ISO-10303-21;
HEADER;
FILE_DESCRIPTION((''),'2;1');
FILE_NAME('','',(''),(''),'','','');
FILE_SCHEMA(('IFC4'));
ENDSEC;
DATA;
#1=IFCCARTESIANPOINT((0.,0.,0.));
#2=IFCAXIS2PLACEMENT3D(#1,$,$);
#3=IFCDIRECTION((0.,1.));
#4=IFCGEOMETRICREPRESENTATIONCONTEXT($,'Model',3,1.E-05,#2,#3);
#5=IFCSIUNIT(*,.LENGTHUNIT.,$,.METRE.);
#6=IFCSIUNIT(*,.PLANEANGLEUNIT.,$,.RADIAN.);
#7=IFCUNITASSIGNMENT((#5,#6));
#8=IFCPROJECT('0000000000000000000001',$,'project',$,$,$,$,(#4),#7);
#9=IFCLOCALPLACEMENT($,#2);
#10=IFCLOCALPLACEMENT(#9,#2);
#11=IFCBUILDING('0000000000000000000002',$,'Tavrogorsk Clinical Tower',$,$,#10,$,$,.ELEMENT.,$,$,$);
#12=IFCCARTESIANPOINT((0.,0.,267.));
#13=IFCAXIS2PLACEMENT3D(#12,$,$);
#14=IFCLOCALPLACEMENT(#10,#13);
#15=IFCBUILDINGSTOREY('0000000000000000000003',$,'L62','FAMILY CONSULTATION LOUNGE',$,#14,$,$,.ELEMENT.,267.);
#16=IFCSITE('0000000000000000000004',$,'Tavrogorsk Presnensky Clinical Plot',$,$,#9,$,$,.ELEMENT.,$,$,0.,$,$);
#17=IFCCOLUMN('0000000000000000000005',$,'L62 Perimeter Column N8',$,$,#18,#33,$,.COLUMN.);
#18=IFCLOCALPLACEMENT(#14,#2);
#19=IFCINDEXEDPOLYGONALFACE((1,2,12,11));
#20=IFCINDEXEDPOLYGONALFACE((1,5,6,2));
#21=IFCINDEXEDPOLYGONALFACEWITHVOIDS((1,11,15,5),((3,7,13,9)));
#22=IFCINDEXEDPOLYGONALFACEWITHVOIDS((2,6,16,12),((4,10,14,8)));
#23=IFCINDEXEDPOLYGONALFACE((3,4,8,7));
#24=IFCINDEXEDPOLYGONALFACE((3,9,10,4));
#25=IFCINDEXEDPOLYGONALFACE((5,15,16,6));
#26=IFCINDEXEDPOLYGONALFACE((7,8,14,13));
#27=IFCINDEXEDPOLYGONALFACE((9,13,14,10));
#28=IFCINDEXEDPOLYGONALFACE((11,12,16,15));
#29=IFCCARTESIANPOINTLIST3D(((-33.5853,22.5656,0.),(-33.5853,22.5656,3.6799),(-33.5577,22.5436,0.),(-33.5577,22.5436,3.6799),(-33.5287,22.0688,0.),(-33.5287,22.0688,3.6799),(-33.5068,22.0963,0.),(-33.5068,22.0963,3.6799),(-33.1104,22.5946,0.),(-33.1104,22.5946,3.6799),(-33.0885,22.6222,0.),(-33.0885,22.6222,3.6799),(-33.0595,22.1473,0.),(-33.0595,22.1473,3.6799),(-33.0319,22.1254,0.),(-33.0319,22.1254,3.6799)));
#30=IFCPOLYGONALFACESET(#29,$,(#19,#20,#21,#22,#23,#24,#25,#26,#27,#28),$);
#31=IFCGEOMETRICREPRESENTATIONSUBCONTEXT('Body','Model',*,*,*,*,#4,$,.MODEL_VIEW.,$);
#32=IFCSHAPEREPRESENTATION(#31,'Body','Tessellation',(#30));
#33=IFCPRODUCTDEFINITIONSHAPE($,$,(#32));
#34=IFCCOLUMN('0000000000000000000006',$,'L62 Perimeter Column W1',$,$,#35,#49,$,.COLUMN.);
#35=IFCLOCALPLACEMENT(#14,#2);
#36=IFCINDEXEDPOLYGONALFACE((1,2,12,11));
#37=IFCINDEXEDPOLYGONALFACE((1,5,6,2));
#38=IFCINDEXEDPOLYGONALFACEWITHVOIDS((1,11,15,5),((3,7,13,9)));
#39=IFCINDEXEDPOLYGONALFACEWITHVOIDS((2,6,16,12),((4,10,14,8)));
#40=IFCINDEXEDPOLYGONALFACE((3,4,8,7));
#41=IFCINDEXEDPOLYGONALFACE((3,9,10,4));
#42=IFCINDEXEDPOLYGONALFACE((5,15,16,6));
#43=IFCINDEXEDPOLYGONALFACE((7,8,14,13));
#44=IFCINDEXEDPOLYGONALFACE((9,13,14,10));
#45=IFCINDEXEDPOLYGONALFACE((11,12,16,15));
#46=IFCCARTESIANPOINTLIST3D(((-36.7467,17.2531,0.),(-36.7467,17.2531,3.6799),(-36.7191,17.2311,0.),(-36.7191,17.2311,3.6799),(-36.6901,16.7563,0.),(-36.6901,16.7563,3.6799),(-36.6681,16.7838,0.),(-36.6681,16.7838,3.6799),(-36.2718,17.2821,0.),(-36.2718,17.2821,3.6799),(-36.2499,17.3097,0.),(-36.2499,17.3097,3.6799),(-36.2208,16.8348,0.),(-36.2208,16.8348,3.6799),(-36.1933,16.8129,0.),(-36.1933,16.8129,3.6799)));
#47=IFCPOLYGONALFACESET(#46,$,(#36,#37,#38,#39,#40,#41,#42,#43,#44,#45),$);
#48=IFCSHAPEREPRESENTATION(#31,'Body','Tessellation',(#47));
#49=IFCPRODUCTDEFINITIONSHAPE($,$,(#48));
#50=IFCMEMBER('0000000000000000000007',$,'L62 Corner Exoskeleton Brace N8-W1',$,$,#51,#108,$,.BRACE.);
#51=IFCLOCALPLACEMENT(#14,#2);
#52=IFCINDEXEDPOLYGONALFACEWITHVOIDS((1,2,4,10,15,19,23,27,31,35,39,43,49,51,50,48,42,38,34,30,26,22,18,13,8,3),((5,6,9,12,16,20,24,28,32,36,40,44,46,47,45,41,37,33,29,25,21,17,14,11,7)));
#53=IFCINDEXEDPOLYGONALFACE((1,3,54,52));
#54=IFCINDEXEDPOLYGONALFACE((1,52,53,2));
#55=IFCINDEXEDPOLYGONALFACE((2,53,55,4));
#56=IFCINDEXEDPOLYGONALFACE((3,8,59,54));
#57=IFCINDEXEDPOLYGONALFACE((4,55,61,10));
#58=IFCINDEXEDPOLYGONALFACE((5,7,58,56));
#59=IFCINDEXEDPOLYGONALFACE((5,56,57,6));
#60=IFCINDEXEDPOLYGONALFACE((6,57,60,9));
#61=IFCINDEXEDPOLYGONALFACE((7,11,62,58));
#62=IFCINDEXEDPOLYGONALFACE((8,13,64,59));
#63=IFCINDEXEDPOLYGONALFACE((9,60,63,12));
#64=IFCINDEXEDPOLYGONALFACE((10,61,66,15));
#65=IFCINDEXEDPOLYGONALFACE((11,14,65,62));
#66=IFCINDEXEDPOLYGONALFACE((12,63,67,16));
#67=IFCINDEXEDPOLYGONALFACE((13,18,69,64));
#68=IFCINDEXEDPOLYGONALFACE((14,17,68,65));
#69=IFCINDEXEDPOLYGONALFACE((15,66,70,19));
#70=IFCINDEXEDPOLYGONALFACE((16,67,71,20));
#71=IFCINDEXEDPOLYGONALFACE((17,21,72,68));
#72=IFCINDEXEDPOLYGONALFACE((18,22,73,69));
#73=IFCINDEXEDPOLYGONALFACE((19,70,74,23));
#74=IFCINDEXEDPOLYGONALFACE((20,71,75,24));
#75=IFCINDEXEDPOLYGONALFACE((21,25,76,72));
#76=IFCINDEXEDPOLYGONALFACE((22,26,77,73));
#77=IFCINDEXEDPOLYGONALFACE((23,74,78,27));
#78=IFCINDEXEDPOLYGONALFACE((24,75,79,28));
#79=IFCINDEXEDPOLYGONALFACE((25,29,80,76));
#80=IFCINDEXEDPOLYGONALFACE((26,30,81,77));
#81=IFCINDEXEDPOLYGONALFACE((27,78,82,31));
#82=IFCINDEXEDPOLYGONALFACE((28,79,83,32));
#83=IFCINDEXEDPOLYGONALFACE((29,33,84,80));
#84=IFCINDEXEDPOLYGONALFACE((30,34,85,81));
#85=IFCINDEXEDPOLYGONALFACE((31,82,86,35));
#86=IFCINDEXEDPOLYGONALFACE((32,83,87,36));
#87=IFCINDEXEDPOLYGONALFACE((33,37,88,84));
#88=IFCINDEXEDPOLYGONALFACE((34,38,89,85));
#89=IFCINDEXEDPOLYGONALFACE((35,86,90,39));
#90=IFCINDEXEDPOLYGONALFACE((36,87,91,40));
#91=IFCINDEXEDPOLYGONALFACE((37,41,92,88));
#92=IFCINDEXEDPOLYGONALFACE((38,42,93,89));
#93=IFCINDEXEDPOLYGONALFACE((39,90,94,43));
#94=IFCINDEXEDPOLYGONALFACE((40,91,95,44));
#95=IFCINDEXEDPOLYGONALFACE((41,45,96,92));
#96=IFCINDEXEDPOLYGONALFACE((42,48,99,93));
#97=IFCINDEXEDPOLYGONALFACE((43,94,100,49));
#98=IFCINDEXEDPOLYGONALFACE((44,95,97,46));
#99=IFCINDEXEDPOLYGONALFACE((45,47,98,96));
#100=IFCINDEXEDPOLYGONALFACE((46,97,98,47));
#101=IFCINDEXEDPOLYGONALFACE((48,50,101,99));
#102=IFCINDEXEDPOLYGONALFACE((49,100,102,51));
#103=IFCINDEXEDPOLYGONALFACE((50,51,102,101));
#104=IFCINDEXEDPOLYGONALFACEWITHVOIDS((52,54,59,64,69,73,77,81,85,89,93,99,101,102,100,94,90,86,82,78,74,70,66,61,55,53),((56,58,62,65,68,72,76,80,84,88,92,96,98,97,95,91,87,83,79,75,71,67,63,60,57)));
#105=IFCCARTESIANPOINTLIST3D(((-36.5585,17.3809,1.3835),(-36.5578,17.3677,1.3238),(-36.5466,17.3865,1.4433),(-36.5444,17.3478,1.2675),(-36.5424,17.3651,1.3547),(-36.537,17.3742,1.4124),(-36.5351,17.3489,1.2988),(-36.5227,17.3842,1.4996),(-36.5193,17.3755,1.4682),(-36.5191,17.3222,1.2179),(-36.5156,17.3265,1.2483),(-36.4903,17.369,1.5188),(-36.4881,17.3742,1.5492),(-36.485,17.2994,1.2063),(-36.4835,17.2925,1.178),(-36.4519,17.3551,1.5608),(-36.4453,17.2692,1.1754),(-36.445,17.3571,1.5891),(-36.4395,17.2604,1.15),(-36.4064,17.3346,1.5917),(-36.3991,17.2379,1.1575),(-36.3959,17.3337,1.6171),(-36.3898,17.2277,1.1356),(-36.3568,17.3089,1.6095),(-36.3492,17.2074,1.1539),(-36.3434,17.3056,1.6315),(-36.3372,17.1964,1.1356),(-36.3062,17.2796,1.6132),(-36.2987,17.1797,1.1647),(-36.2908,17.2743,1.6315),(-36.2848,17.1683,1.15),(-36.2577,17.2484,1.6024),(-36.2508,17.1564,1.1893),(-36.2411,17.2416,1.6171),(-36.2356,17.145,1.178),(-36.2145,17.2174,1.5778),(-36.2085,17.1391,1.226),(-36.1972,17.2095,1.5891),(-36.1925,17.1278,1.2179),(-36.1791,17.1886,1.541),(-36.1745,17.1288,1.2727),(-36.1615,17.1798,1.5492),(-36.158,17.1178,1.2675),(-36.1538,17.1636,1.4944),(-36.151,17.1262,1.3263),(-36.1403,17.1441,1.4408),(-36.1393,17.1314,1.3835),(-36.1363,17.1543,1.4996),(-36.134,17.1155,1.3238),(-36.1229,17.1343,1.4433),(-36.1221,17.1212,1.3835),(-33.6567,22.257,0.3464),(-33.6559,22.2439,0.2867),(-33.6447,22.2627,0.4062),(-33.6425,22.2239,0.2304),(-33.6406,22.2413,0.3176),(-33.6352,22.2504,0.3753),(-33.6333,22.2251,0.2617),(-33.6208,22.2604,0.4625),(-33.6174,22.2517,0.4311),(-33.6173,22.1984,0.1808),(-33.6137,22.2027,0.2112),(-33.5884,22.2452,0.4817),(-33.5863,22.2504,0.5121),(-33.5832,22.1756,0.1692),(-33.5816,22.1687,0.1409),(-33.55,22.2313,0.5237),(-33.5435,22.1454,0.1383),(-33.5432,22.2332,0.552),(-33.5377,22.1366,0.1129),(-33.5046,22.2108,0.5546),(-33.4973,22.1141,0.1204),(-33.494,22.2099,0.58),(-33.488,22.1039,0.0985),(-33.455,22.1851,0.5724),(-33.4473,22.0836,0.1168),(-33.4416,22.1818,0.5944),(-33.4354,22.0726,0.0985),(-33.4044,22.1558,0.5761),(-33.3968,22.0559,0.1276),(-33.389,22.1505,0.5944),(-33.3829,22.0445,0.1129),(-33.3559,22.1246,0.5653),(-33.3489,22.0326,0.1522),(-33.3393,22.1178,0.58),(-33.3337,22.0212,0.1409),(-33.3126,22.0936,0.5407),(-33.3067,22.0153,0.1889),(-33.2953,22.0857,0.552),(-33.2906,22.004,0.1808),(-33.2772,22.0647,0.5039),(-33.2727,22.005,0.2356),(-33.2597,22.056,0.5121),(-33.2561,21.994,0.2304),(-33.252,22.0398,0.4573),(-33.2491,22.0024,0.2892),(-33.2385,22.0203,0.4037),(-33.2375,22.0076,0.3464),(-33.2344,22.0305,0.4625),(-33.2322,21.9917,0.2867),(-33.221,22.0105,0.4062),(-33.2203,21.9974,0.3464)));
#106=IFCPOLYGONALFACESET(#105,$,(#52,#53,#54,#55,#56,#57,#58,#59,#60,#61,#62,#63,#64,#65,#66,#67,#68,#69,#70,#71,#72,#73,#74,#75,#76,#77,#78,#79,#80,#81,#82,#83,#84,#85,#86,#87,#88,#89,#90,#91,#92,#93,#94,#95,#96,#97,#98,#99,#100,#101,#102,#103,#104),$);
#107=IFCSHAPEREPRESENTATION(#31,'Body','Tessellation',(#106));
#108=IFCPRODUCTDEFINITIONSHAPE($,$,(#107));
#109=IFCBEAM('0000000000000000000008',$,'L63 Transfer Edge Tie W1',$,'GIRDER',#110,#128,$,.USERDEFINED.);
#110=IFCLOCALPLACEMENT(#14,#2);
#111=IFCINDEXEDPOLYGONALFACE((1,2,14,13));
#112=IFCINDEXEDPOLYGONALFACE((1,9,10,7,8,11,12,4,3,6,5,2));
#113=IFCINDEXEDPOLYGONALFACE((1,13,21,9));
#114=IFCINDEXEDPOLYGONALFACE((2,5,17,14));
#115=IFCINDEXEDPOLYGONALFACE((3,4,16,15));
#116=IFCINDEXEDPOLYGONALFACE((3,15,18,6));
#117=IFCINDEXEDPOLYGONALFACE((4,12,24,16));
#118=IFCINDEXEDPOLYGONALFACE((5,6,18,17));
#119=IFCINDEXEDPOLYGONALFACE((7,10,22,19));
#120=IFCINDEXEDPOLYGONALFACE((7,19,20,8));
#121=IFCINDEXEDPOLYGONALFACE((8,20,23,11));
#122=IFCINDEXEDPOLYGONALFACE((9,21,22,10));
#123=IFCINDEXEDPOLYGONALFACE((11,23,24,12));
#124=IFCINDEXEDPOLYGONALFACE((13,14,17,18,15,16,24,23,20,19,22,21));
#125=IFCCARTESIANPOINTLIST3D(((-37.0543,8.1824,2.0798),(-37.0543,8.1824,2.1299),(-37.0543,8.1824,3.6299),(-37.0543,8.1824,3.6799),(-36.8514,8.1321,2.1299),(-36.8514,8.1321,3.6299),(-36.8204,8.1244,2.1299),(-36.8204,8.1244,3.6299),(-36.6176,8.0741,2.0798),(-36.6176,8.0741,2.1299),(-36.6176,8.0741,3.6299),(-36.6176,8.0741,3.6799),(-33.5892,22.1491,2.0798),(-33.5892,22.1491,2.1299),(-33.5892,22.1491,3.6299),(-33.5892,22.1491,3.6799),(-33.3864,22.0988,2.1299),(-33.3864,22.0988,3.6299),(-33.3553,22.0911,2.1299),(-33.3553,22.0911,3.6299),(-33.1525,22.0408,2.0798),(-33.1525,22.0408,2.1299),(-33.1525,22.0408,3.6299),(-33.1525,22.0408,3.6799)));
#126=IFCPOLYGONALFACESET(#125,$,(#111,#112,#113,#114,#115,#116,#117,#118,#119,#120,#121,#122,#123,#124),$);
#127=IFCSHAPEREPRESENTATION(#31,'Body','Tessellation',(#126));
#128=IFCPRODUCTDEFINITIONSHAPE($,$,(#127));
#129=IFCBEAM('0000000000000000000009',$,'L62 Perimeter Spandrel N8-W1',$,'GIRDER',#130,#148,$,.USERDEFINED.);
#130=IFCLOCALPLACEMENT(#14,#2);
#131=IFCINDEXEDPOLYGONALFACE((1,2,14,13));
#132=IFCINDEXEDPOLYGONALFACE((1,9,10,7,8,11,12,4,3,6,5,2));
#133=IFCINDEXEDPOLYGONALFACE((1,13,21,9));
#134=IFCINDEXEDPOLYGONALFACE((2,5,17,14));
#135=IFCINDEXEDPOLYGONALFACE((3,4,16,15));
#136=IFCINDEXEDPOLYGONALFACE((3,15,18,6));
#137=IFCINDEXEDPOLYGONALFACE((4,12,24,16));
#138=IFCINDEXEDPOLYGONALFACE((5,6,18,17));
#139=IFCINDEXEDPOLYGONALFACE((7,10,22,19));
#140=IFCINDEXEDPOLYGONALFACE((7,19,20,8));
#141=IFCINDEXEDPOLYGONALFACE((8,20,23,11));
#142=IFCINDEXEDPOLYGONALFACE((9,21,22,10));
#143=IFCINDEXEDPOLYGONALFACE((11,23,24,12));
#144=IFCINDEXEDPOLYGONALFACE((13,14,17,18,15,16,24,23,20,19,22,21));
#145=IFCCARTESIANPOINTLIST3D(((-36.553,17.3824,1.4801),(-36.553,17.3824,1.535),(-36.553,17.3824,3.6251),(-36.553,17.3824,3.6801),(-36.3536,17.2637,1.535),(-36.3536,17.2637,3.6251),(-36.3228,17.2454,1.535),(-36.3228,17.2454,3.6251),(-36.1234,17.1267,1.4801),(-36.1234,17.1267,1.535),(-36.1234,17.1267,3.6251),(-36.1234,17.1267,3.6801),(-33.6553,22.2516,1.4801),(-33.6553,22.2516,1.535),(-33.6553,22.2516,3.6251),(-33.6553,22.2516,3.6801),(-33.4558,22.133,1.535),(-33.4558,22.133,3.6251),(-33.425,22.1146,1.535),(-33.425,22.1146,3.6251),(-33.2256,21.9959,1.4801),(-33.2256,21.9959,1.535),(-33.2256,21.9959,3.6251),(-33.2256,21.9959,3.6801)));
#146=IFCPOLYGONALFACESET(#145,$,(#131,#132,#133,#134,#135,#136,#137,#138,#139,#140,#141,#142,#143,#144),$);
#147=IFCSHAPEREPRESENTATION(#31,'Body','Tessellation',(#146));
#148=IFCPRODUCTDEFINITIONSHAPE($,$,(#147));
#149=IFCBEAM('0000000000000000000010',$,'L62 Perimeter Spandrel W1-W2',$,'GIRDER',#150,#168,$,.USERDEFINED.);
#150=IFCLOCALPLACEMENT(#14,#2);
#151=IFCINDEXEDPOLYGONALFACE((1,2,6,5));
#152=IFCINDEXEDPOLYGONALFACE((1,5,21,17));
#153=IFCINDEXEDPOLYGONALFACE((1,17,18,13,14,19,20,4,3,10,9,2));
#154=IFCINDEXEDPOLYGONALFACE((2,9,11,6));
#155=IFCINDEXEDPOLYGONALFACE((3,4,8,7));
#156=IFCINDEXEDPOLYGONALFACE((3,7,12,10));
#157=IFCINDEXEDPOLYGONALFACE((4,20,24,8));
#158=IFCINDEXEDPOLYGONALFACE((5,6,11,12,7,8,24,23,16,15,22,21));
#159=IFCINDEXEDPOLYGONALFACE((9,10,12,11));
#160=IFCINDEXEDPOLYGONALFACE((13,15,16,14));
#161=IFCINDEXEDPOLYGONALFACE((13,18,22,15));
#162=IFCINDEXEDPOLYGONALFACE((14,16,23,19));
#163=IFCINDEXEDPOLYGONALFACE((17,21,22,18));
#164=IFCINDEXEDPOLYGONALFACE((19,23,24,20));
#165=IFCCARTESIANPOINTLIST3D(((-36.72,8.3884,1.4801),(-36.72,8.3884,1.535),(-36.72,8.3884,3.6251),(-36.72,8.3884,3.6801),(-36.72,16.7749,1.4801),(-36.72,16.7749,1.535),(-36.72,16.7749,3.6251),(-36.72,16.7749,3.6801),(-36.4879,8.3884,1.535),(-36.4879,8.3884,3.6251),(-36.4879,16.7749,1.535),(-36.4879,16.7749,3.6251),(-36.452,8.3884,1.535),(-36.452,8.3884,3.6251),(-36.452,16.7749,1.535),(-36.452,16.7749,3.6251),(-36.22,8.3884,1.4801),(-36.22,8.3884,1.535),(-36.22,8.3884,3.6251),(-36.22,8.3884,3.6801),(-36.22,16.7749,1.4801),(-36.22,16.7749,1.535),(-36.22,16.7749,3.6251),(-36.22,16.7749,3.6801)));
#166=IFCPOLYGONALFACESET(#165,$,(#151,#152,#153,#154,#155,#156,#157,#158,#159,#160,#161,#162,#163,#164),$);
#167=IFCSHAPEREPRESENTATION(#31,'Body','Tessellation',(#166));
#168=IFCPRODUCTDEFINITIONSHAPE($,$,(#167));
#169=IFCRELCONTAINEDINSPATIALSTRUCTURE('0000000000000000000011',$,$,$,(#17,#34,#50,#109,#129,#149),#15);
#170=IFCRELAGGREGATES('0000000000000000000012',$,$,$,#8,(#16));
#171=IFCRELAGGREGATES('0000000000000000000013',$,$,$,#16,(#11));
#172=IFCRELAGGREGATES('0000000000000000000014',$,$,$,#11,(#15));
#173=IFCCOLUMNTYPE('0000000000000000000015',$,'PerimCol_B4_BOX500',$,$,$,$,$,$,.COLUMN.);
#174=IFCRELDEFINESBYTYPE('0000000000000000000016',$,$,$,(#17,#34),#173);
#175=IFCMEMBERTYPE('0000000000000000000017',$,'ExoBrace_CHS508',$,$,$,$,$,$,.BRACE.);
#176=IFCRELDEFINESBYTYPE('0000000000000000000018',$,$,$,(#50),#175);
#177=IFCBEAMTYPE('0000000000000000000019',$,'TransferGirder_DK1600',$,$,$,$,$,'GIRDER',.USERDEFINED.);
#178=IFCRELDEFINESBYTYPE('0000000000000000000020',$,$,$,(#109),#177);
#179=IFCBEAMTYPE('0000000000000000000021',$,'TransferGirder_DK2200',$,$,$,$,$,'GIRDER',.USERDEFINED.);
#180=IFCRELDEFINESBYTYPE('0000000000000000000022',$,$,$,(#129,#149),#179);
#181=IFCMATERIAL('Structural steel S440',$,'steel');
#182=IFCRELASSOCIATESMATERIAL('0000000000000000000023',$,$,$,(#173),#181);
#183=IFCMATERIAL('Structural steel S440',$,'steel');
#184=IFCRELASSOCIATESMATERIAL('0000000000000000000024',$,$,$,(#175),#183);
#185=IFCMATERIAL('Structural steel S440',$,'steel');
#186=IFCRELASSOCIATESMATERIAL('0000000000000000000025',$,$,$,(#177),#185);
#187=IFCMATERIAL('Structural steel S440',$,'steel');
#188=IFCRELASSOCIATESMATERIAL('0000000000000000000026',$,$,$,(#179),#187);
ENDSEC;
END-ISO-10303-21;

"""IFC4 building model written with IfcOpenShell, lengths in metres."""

from ifc_helpers import new_model, si_unit, direction, frame, origin, origin_2d, place, context, subcontext, project, spatial, hollow_rectangle, hollow_circle, i_section, extrude, material, material_profile, profile_set, type_object, element, save


model = new_model("IFC4")

# Units and contexts
model_context = context("Model", 3, precision=1e-05, world=origin(), true_north=direction((0.0, 1.0)))
body_context = subcontext(model_context, "Body", "Model", "MODEL_VIEW")
ifc_project = project(units=[si_unit("LENGTHUNIT", "METRE"), si_unit("PLANEANGLEUNIT", "RADIAN")], contexts=[model_context])

# Site, building, storey
site_placement = place(None, origin())
site = spatial("IfcSite", under=ifc_project, at=site_placement, Name="Tavrogorsk Presnensky Clinical Plot", CompositionType="ELEMENT", RefElevation=0.0)
building_placement = place(site_placement, origin())
building = spatial("IfcBuilding", under=site, at=building_placement, Name="Tavrogorsk Clinical Tower", CompositionType="ELEMENT")
storey_placement = place(building_placement, frame((0.0, 0.0, 267.0)))
storey = spatial("IfcBuildingStorey", under=building, at=storey_placement, Name="L62", Description="FAMILY CONSULTATION LOUNGE", CompositionType="ELEMENT", Elevation=267.0)

# Columns
ifc_material_1 = material(Name="Structural steel S440", Category="steel")
ifc_material_profile_1 = material_profile(ifc_material_1, hollow_rectangle(XDim=0.5, YDim=0.5, WallThickness=0.0249, at=origin_2d()), Name="BOX-500x500x25")
ifc_profile_set_1 = profile_set([ifc_material_profile_1], Name="Structural steel S440")
column_type = type_object("IfcColumnType", Name="PerimCol_B4_BOX500", PredefinedType="COLUMN", material=ifc_profile_set_1)
for number, where, z_axis, x_axis, name in (
    (1, (-33.3086, 22.3455, 0.0), (0.0, 0.0, 1.0), (0.993572, 0.113203, 0.0), "L62 Perimeter Column N8"),
    (2, (-36.47, 17.033, 0.0), (0.0, 0.0, 1.0), (0.993572, 0.113203, 0.0), "L62 Perimeter Column W1"),
):
    element("IfcColumn", number, at=place(storey_placement, frame(where, z_axis=z_axis, x_axis=x_axis)), inside=storey, type_object=column_type, Name=name, PredefinedType="COLUMN", context=body_context, shape_type="SweptSolid", body=[
        extrude(hollow_rectangle(XDim=0.5, YDim=0.5, WallThickness=0.0249, at=origin_2d()), origin(), (0.0, 0.0, 1.0), 3.6799),
    ])

# Member
ifc_material_2 = material(Name="Structural steel S440", Category="steel")
ifc_material_profile_2 = material_profile(ifc_material_2, hollow_circle(Radius=0.2539, WallThickness=0.02, at=origin_2d()), Name="CHS-508x20")
ifc_profile_set_2 = profile_set([ifc_material_profile_2], Name="Structural steel S440")
member_type = type_object("IfcMemberType", Name="ExoBrace_CHS508", PredefinedType="BRACE", material=ifc_profile_set_2)
member_placement = place(storey_placement, frame((-33.4385, 22.1272, 0.3464), z_axis=(-0.503065, -0.84534, 0.179793), x_axis=(0.859344, -0.511398, 0.0)))
element("IfcMember", 3, at=member_placement, inside=storey, type_object=member_type, Name="L62 Corner Exoskeleton Brace N8-W1", PredefinedType="BRACE", context=body_context, shape_type="SweptSolid", body=[
    extrude(hollow_circle(Radius=0.2539, WallThickness=0.02, at=origin_2d()), origin(), (0.0, 0.0, 1.0), 5.7683),
])

# Beams
ifc_material_3 = material(Name="Structural steel S440", Category="steel")
ifc_material_profile_3 = material_profile(ifc_material_3, i_section(OverallWidth=0.45, OverallDepth=1.6001, WebThickness=0.032, FlangeThickness=0.05, at=origin_2d()), Name="DK-1600x450x32x50")
ifc_profile_set_3 = profile_set([ifc_material_profile_3], Name="Structural steel S440")
beam_type_1 = type_object("IfcBeamType", Name="TransferGirder_DK1600", ElementType="GIRDER", PredefinedType="USERDEFINED", material=ifc_profile_set_3)
beam_1_placement = place(storey_placement, frame((-33.3708, 22.095, 2.8799), z_axis=(-0.240795, -0.970576, 0.0), x_axis=(0.970576, -0.240795, 0.0)))
element("IfcBeam", 4, at=beam_1_placement, inside=storey, type_object=beam_type_1, Name="L63 Transfer Edge Tie W1", ObjectType="GIRDER", PredefinedType="USERDEFINED", context=body_context, shape_type="SweptSolid", body=[
    extrude(i_section(OverallWidth=0.45, OverallDepth=1.6001, WebThickness=0.032, FlangeThickness=0.05, at=origin_2d()), origin(), (0.0, 0.0, 1.0), 14.3901),
])
ifc_material_4 = material(Name="Structural steel S440", Category="steel")
ifc_material_profile_4 = material_profile(ifc_material_4, i_section(OverallWidth=0.5, OverallDepth=2.2, WebThickness=0.0359, FlangeThickness=0.0549, at=origin_2d()), Name="DK-2200x500x36x55")
ifc_profile_set_4 = profile_set([ifc_material_profile_4], Name="Structural steel S440")
beam_type_2 = type_object("IfcBeamType", Name="TransferGirder_DK2200", ElementType="GIRDER", PredefinedType="USERDEFINED", material=ifc_profile_set_4)
beam_2_placement = place(storey_placement, frame((-33.4404, 22.1238, 2.5801), z_axis=(-0.511407, -0.859339, 0.0), x_axis=(0.859339, -0.511407, 0.0)))
element("IfcBeam", 5, at=beam_2_placement, inside=storey, type_object=beam_type_2, Name="L62 Perimeter Spandrel N8-W1", ObjectType="GIRDER", PredefinedType="USERDEFINED", context=body_context, shape_type="SweptSolid", body=[
    extrude(i_section(OverallWidth=0.5, OverallDepth=2.2, WebThickness=0.0359, FlangeThickness=0.0549, at=origin_2d()), origin(), (0.0, 0.0, 1.0), 5.6663),
])
beam_3_placement = place(storey_placement, frame((-36.47, 16.7749, 2.5801), z_axis=(0.0, -1.0, 0.0), x_axis=(1.0, 0.0, 0.0)))
element("IfcBeam", 6, at=beam_3_placement, inside=storey, type_object=beam_type_2, Name="L62 Perimeter Spandrel W1-W2", ObjectType="GIRDER", PredefinedType="USERDEFINED", context=body_context, shape_type="SweptSolid", body=[
    extrude(i_section(OverallWidth=0.5, OverallDepth=2.2, WebThickness=0.0359, FlangeThickness=0.0549, at=origin_2d()), origin(), (0.0, 0.0, 1.0), 8.3865),
])

save(model, "model.ifc")
